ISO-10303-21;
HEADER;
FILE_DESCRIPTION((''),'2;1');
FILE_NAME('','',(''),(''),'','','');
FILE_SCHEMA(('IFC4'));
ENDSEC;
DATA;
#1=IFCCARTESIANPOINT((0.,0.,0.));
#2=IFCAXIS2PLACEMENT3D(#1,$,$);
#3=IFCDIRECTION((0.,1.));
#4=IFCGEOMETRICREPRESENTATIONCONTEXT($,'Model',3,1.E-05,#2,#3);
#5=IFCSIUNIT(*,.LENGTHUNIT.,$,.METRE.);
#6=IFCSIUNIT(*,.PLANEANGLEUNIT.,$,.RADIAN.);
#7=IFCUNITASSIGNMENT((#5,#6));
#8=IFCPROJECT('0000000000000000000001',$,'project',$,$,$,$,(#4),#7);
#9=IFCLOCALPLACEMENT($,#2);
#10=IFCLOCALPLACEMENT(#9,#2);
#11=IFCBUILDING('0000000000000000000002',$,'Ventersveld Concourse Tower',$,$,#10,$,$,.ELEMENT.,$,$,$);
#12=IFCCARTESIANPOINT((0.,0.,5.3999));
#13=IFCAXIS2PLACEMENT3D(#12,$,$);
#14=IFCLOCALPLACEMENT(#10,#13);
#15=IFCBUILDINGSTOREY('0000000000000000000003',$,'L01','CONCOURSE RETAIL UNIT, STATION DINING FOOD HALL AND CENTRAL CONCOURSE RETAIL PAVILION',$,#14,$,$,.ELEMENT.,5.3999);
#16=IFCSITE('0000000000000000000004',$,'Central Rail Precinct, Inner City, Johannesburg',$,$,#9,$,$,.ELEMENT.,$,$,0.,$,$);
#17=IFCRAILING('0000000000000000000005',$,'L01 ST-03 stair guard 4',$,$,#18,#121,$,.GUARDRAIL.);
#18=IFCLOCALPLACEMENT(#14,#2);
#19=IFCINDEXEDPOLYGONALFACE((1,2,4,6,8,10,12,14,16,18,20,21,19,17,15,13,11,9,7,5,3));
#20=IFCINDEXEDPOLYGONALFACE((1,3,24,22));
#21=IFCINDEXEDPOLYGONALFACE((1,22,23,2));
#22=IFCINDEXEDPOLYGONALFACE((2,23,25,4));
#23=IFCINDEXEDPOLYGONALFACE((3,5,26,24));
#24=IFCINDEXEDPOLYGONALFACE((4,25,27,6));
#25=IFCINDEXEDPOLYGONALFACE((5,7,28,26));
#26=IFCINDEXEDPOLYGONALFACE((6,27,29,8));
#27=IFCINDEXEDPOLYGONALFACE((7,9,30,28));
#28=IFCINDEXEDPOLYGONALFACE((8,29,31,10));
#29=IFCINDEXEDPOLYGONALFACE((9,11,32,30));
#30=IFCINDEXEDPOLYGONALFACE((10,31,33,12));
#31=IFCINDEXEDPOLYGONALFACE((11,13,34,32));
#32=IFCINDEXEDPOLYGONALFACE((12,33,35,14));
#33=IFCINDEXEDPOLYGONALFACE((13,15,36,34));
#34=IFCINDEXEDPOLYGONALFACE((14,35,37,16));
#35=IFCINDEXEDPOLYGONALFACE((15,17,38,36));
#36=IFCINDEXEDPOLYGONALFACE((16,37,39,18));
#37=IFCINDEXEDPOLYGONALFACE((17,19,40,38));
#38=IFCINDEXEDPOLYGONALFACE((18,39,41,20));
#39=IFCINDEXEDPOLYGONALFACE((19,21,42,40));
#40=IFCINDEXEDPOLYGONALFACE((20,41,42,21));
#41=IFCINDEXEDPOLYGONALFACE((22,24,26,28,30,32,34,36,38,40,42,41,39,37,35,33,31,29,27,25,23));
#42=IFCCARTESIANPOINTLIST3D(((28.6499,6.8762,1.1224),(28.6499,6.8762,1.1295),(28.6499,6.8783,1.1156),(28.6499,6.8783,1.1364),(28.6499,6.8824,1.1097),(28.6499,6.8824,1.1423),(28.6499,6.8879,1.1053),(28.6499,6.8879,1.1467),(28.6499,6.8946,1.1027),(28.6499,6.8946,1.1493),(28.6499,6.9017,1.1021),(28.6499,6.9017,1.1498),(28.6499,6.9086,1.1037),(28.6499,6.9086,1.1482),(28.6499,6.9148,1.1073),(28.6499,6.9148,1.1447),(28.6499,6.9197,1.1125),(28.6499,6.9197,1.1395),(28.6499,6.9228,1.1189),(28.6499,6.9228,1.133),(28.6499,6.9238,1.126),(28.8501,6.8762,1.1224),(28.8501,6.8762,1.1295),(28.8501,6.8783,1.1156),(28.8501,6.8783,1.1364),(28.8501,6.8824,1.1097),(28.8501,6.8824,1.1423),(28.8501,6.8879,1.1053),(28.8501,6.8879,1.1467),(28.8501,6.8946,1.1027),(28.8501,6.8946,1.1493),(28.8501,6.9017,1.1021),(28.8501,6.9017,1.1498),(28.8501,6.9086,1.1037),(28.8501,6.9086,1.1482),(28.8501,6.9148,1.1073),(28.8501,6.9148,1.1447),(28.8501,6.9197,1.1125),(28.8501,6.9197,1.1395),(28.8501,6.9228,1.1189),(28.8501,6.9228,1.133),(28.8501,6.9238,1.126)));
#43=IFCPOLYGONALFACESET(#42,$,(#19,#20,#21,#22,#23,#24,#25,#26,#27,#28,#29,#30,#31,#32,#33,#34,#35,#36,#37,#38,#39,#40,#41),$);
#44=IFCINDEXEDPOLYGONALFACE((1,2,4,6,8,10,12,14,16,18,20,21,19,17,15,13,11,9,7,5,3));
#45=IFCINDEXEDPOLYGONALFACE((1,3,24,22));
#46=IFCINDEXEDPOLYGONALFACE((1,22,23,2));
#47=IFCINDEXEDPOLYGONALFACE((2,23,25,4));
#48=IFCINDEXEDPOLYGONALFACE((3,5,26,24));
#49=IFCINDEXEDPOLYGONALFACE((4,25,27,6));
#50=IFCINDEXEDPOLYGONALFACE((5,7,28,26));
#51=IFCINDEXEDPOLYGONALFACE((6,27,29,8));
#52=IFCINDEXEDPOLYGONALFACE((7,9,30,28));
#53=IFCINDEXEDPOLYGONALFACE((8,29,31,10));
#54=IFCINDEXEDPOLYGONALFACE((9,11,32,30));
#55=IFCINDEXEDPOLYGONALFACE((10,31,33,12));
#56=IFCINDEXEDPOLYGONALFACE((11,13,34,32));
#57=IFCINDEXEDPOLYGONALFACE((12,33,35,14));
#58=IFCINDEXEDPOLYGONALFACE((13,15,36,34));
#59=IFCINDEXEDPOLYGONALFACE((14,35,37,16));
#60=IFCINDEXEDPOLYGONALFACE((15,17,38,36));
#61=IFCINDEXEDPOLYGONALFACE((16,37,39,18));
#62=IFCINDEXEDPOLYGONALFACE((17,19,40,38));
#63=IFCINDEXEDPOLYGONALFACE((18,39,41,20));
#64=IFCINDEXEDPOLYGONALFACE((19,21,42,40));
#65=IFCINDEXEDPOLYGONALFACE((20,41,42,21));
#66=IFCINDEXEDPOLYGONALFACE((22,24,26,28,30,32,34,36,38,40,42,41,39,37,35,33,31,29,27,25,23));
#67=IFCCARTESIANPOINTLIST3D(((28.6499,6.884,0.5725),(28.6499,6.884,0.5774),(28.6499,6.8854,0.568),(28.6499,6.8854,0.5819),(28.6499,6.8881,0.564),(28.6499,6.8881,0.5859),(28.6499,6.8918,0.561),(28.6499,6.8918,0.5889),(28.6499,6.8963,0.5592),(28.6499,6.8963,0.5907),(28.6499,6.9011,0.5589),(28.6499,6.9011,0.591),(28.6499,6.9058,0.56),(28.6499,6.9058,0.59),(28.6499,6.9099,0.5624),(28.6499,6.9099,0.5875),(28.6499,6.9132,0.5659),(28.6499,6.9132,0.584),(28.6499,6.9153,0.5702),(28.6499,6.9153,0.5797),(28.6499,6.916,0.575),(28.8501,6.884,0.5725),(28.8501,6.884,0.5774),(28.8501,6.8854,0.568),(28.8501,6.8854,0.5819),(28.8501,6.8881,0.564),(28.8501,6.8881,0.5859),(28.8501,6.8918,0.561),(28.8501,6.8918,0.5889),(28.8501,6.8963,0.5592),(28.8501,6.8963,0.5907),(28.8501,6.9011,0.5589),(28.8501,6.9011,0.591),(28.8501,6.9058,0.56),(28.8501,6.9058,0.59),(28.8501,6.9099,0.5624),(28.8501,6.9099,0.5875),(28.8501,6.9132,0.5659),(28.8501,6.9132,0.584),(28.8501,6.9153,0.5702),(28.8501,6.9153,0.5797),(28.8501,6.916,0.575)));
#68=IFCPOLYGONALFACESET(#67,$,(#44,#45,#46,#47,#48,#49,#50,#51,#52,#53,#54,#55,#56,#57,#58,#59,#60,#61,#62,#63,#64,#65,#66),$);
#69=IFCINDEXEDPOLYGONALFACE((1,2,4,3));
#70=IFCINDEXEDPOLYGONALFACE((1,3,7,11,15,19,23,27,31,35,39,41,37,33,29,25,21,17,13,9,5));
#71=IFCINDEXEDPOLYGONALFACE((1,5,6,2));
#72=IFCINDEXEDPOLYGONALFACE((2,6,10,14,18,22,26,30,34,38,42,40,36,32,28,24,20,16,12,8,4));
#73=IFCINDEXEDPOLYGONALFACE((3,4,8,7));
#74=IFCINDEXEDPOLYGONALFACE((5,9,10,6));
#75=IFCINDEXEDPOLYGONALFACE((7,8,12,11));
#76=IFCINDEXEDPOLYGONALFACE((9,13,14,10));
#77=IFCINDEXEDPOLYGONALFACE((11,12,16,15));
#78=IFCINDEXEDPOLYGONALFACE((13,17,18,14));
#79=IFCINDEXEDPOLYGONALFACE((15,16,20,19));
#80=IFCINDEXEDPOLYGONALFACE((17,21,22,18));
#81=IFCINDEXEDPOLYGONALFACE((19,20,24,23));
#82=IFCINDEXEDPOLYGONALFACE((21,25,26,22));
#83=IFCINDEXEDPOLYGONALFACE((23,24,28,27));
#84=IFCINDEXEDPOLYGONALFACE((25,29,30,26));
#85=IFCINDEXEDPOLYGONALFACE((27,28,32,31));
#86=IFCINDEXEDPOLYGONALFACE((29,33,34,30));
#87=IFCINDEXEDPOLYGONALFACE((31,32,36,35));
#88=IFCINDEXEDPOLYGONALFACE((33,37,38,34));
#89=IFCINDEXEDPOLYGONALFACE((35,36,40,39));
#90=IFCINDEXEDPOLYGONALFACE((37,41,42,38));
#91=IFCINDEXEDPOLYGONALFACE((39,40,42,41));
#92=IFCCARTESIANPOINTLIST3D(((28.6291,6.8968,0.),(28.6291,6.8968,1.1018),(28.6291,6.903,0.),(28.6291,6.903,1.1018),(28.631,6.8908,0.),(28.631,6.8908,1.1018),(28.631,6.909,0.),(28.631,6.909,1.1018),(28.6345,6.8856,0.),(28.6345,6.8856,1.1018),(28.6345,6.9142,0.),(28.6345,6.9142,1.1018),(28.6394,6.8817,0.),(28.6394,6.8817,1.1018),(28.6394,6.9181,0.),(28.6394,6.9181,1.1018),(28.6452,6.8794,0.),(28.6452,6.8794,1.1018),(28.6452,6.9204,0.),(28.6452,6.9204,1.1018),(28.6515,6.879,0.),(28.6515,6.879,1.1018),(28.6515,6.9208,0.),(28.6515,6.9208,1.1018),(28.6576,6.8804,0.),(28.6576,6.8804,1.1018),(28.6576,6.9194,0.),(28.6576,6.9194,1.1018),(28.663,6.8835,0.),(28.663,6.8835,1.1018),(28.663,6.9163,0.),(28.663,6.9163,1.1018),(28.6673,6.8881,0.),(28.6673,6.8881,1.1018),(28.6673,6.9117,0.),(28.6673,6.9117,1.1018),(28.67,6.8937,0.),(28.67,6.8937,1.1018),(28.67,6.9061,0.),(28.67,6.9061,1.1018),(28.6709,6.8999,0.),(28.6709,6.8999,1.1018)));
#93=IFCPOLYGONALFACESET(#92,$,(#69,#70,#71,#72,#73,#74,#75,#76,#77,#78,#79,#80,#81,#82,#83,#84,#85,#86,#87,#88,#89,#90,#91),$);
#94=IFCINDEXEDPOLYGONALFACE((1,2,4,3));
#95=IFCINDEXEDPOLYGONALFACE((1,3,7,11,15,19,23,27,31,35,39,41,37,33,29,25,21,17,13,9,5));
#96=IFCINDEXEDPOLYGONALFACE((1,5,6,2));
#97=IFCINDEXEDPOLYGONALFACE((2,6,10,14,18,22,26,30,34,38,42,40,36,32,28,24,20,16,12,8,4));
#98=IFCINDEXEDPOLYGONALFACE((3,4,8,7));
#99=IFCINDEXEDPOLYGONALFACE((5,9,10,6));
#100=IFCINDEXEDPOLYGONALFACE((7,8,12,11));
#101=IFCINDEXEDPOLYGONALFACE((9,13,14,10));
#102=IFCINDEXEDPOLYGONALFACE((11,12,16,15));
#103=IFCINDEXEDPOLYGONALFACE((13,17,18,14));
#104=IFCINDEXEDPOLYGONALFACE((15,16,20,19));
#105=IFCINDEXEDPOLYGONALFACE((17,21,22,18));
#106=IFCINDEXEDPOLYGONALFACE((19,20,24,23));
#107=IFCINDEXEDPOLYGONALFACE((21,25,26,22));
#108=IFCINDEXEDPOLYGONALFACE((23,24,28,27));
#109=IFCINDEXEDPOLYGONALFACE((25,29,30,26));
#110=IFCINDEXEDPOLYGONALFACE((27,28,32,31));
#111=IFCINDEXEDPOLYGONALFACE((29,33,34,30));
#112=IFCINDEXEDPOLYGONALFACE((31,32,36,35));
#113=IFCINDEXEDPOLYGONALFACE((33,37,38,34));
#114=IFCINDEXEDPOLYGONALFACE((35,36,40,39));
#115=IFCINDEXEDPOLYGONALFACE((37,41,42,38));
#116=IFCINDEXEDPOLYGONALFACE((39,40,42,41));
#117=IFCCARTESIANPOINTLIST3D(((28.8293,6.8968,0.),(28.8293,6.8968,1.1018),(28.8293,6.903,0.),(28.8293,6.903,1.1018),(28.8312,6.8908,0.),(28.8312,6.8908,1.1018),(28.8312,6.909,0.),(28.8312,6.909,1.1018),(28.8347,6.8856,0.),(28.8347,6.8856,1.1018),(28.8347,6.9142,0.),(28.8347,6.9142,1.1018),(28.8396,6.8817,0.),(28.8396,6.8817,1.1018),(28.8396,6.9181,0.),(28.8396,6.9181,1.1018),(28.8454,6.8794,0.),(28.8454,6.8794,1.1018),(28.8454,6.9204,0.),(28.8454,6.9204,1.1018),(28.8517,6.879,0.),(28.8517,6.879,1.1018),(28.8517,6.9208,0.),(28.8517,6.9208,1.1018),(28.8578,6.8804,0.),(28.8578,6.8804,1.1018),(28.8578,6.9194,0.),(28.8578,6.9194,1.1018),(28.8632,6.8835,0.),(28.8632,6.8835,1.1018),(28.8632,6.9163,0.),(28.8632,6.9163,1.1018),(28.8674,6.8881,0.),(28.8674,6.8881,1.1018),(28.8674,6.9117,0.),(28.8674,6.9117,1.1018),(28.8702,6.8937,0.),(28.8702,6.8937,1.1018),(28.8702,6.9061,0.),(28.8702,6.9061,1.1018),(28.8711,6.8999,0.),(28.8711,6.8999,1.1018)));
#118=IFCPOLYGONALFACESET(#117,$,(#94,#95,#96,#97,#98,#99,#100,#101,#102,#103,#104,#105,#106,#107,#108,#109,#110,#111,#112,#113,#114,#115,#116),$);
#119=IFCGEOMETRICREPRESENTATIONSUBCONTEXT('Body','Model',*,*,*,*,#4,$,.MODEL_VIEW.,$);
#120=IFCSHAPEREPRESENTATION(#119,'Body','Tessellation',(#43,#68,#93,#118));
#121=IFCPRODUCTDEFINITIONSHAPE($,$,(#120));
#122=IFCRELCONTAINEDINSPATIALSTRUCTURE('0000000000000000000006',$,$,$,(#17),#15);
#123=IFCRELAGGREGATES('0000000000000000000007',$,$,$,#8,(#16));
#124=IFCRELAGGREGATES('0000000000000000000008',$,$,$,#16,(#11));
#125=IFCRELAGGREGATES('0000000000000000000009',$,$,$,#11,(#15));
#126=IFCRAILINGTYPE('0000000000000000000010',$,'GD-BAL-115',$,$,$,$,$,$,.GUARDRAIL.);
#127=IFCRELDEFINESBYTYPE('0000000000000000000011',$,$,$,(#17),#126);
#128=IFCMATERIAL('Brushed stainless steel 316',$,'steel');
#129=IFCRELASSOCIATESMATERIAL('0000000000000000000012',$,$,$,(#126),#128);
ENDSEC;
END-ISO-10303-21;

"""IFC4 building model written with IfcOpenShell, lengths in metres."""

from ifc_helpers import new_model, si_unit, direction, frame, origin, origin_2d, place, context, subcontext, project, spatial, circle, extrude, material, type_object, element, save


model = new_model("IFC4")

# Units and contexts
model_context = context("Model", 3, precision=1e-05, world=origin(), true_north=direction((0.0, 1.0)))
body_context = subcontext(model_context, "Body", "Model", "MODEL_VIEW")
ifc_project = project(units=[si_unit("LENGTHUNIT", "METRE"), si_unit("PLANEANGLEUNIT", "RADIAN")], contexts=[model_context])

# Site, building, storey
site_placement = place(None, origin())
site = spatial("IfcSite", under=ifc_project, at=site_placement, Name="Central Rail Precinct, Inner City, Johannesburg", CompositionType="ELEMENT", RefElevation=0.0)
building_placement = place(site_placement, origin())
building = spatial("IfcBuilding", under=site, at=building_placement, Name="Ventersveld Concourse Tower", CompositionType="ELEMENT")
storey_placement = place(building_placement, frame((0.0, 0.0, 5.3999)))
storey = spatial("IfcBuildingStorey", under=building, at=storey_placement, Name="L01", Description="CONCOURSE RETAIL UNIT, STATION DINING FOOD HALL AND CENTRAL CONCOURSE RETAIL PAVILION", CompositionType="ELEMENT", Elevation=5.3999)

# Shared definitions
ifc_material_1 = material(Name="Brushed stainless steel 316", Category="steel")

# Railing
railing_type_1 = type_object("IfcRailingType", Name="GD-BAL-115", PredefinedType="GUARDRAIL", material=ifc_material_1)
railing_1_placement = place(storey_placement, frame((28.6499, 6.8999, 0.0)))
element("IfcRailing", 1, at=railing_1_placement, inside=storey, type_object=railing_type_1, Name="L01 ST-03 stair guard 4", PredefinedType="GUARDRAIL", context=body_context, shape_type="SweptSolid", body=[
    extrude(circle(Radius=0.0239, at=origin_2d()), frame((0.0, 0.0, 1.126), z_axis=(1.0, 0.0, 0.0), x_axis=(0.0, 1.0, 0.0)), (0.0, 0.0, 1.0), 0.2002),
    extrude(circle(Radius=0.0161, at=origin_2d()), frame((0.0, 0.0, 0.575), z_axis=(1.0, 0.0, 0.0), x_axis=(0.0, 1.0, 0.0)), (0.0, 0.0, 1.0), 0.2002),
    extrude(circle(Radius=0.021, at=origin_2d()), origin(), (0.0, 0.0, 1.0), 1.1018),
    extrude(circle(Radius=0.021, at=origin_2d()), frame((0.2002, 0.0, 0.0)), (0.0, 0.0, 1.0), 1.1018),
])

save(model, "model.ifc")
